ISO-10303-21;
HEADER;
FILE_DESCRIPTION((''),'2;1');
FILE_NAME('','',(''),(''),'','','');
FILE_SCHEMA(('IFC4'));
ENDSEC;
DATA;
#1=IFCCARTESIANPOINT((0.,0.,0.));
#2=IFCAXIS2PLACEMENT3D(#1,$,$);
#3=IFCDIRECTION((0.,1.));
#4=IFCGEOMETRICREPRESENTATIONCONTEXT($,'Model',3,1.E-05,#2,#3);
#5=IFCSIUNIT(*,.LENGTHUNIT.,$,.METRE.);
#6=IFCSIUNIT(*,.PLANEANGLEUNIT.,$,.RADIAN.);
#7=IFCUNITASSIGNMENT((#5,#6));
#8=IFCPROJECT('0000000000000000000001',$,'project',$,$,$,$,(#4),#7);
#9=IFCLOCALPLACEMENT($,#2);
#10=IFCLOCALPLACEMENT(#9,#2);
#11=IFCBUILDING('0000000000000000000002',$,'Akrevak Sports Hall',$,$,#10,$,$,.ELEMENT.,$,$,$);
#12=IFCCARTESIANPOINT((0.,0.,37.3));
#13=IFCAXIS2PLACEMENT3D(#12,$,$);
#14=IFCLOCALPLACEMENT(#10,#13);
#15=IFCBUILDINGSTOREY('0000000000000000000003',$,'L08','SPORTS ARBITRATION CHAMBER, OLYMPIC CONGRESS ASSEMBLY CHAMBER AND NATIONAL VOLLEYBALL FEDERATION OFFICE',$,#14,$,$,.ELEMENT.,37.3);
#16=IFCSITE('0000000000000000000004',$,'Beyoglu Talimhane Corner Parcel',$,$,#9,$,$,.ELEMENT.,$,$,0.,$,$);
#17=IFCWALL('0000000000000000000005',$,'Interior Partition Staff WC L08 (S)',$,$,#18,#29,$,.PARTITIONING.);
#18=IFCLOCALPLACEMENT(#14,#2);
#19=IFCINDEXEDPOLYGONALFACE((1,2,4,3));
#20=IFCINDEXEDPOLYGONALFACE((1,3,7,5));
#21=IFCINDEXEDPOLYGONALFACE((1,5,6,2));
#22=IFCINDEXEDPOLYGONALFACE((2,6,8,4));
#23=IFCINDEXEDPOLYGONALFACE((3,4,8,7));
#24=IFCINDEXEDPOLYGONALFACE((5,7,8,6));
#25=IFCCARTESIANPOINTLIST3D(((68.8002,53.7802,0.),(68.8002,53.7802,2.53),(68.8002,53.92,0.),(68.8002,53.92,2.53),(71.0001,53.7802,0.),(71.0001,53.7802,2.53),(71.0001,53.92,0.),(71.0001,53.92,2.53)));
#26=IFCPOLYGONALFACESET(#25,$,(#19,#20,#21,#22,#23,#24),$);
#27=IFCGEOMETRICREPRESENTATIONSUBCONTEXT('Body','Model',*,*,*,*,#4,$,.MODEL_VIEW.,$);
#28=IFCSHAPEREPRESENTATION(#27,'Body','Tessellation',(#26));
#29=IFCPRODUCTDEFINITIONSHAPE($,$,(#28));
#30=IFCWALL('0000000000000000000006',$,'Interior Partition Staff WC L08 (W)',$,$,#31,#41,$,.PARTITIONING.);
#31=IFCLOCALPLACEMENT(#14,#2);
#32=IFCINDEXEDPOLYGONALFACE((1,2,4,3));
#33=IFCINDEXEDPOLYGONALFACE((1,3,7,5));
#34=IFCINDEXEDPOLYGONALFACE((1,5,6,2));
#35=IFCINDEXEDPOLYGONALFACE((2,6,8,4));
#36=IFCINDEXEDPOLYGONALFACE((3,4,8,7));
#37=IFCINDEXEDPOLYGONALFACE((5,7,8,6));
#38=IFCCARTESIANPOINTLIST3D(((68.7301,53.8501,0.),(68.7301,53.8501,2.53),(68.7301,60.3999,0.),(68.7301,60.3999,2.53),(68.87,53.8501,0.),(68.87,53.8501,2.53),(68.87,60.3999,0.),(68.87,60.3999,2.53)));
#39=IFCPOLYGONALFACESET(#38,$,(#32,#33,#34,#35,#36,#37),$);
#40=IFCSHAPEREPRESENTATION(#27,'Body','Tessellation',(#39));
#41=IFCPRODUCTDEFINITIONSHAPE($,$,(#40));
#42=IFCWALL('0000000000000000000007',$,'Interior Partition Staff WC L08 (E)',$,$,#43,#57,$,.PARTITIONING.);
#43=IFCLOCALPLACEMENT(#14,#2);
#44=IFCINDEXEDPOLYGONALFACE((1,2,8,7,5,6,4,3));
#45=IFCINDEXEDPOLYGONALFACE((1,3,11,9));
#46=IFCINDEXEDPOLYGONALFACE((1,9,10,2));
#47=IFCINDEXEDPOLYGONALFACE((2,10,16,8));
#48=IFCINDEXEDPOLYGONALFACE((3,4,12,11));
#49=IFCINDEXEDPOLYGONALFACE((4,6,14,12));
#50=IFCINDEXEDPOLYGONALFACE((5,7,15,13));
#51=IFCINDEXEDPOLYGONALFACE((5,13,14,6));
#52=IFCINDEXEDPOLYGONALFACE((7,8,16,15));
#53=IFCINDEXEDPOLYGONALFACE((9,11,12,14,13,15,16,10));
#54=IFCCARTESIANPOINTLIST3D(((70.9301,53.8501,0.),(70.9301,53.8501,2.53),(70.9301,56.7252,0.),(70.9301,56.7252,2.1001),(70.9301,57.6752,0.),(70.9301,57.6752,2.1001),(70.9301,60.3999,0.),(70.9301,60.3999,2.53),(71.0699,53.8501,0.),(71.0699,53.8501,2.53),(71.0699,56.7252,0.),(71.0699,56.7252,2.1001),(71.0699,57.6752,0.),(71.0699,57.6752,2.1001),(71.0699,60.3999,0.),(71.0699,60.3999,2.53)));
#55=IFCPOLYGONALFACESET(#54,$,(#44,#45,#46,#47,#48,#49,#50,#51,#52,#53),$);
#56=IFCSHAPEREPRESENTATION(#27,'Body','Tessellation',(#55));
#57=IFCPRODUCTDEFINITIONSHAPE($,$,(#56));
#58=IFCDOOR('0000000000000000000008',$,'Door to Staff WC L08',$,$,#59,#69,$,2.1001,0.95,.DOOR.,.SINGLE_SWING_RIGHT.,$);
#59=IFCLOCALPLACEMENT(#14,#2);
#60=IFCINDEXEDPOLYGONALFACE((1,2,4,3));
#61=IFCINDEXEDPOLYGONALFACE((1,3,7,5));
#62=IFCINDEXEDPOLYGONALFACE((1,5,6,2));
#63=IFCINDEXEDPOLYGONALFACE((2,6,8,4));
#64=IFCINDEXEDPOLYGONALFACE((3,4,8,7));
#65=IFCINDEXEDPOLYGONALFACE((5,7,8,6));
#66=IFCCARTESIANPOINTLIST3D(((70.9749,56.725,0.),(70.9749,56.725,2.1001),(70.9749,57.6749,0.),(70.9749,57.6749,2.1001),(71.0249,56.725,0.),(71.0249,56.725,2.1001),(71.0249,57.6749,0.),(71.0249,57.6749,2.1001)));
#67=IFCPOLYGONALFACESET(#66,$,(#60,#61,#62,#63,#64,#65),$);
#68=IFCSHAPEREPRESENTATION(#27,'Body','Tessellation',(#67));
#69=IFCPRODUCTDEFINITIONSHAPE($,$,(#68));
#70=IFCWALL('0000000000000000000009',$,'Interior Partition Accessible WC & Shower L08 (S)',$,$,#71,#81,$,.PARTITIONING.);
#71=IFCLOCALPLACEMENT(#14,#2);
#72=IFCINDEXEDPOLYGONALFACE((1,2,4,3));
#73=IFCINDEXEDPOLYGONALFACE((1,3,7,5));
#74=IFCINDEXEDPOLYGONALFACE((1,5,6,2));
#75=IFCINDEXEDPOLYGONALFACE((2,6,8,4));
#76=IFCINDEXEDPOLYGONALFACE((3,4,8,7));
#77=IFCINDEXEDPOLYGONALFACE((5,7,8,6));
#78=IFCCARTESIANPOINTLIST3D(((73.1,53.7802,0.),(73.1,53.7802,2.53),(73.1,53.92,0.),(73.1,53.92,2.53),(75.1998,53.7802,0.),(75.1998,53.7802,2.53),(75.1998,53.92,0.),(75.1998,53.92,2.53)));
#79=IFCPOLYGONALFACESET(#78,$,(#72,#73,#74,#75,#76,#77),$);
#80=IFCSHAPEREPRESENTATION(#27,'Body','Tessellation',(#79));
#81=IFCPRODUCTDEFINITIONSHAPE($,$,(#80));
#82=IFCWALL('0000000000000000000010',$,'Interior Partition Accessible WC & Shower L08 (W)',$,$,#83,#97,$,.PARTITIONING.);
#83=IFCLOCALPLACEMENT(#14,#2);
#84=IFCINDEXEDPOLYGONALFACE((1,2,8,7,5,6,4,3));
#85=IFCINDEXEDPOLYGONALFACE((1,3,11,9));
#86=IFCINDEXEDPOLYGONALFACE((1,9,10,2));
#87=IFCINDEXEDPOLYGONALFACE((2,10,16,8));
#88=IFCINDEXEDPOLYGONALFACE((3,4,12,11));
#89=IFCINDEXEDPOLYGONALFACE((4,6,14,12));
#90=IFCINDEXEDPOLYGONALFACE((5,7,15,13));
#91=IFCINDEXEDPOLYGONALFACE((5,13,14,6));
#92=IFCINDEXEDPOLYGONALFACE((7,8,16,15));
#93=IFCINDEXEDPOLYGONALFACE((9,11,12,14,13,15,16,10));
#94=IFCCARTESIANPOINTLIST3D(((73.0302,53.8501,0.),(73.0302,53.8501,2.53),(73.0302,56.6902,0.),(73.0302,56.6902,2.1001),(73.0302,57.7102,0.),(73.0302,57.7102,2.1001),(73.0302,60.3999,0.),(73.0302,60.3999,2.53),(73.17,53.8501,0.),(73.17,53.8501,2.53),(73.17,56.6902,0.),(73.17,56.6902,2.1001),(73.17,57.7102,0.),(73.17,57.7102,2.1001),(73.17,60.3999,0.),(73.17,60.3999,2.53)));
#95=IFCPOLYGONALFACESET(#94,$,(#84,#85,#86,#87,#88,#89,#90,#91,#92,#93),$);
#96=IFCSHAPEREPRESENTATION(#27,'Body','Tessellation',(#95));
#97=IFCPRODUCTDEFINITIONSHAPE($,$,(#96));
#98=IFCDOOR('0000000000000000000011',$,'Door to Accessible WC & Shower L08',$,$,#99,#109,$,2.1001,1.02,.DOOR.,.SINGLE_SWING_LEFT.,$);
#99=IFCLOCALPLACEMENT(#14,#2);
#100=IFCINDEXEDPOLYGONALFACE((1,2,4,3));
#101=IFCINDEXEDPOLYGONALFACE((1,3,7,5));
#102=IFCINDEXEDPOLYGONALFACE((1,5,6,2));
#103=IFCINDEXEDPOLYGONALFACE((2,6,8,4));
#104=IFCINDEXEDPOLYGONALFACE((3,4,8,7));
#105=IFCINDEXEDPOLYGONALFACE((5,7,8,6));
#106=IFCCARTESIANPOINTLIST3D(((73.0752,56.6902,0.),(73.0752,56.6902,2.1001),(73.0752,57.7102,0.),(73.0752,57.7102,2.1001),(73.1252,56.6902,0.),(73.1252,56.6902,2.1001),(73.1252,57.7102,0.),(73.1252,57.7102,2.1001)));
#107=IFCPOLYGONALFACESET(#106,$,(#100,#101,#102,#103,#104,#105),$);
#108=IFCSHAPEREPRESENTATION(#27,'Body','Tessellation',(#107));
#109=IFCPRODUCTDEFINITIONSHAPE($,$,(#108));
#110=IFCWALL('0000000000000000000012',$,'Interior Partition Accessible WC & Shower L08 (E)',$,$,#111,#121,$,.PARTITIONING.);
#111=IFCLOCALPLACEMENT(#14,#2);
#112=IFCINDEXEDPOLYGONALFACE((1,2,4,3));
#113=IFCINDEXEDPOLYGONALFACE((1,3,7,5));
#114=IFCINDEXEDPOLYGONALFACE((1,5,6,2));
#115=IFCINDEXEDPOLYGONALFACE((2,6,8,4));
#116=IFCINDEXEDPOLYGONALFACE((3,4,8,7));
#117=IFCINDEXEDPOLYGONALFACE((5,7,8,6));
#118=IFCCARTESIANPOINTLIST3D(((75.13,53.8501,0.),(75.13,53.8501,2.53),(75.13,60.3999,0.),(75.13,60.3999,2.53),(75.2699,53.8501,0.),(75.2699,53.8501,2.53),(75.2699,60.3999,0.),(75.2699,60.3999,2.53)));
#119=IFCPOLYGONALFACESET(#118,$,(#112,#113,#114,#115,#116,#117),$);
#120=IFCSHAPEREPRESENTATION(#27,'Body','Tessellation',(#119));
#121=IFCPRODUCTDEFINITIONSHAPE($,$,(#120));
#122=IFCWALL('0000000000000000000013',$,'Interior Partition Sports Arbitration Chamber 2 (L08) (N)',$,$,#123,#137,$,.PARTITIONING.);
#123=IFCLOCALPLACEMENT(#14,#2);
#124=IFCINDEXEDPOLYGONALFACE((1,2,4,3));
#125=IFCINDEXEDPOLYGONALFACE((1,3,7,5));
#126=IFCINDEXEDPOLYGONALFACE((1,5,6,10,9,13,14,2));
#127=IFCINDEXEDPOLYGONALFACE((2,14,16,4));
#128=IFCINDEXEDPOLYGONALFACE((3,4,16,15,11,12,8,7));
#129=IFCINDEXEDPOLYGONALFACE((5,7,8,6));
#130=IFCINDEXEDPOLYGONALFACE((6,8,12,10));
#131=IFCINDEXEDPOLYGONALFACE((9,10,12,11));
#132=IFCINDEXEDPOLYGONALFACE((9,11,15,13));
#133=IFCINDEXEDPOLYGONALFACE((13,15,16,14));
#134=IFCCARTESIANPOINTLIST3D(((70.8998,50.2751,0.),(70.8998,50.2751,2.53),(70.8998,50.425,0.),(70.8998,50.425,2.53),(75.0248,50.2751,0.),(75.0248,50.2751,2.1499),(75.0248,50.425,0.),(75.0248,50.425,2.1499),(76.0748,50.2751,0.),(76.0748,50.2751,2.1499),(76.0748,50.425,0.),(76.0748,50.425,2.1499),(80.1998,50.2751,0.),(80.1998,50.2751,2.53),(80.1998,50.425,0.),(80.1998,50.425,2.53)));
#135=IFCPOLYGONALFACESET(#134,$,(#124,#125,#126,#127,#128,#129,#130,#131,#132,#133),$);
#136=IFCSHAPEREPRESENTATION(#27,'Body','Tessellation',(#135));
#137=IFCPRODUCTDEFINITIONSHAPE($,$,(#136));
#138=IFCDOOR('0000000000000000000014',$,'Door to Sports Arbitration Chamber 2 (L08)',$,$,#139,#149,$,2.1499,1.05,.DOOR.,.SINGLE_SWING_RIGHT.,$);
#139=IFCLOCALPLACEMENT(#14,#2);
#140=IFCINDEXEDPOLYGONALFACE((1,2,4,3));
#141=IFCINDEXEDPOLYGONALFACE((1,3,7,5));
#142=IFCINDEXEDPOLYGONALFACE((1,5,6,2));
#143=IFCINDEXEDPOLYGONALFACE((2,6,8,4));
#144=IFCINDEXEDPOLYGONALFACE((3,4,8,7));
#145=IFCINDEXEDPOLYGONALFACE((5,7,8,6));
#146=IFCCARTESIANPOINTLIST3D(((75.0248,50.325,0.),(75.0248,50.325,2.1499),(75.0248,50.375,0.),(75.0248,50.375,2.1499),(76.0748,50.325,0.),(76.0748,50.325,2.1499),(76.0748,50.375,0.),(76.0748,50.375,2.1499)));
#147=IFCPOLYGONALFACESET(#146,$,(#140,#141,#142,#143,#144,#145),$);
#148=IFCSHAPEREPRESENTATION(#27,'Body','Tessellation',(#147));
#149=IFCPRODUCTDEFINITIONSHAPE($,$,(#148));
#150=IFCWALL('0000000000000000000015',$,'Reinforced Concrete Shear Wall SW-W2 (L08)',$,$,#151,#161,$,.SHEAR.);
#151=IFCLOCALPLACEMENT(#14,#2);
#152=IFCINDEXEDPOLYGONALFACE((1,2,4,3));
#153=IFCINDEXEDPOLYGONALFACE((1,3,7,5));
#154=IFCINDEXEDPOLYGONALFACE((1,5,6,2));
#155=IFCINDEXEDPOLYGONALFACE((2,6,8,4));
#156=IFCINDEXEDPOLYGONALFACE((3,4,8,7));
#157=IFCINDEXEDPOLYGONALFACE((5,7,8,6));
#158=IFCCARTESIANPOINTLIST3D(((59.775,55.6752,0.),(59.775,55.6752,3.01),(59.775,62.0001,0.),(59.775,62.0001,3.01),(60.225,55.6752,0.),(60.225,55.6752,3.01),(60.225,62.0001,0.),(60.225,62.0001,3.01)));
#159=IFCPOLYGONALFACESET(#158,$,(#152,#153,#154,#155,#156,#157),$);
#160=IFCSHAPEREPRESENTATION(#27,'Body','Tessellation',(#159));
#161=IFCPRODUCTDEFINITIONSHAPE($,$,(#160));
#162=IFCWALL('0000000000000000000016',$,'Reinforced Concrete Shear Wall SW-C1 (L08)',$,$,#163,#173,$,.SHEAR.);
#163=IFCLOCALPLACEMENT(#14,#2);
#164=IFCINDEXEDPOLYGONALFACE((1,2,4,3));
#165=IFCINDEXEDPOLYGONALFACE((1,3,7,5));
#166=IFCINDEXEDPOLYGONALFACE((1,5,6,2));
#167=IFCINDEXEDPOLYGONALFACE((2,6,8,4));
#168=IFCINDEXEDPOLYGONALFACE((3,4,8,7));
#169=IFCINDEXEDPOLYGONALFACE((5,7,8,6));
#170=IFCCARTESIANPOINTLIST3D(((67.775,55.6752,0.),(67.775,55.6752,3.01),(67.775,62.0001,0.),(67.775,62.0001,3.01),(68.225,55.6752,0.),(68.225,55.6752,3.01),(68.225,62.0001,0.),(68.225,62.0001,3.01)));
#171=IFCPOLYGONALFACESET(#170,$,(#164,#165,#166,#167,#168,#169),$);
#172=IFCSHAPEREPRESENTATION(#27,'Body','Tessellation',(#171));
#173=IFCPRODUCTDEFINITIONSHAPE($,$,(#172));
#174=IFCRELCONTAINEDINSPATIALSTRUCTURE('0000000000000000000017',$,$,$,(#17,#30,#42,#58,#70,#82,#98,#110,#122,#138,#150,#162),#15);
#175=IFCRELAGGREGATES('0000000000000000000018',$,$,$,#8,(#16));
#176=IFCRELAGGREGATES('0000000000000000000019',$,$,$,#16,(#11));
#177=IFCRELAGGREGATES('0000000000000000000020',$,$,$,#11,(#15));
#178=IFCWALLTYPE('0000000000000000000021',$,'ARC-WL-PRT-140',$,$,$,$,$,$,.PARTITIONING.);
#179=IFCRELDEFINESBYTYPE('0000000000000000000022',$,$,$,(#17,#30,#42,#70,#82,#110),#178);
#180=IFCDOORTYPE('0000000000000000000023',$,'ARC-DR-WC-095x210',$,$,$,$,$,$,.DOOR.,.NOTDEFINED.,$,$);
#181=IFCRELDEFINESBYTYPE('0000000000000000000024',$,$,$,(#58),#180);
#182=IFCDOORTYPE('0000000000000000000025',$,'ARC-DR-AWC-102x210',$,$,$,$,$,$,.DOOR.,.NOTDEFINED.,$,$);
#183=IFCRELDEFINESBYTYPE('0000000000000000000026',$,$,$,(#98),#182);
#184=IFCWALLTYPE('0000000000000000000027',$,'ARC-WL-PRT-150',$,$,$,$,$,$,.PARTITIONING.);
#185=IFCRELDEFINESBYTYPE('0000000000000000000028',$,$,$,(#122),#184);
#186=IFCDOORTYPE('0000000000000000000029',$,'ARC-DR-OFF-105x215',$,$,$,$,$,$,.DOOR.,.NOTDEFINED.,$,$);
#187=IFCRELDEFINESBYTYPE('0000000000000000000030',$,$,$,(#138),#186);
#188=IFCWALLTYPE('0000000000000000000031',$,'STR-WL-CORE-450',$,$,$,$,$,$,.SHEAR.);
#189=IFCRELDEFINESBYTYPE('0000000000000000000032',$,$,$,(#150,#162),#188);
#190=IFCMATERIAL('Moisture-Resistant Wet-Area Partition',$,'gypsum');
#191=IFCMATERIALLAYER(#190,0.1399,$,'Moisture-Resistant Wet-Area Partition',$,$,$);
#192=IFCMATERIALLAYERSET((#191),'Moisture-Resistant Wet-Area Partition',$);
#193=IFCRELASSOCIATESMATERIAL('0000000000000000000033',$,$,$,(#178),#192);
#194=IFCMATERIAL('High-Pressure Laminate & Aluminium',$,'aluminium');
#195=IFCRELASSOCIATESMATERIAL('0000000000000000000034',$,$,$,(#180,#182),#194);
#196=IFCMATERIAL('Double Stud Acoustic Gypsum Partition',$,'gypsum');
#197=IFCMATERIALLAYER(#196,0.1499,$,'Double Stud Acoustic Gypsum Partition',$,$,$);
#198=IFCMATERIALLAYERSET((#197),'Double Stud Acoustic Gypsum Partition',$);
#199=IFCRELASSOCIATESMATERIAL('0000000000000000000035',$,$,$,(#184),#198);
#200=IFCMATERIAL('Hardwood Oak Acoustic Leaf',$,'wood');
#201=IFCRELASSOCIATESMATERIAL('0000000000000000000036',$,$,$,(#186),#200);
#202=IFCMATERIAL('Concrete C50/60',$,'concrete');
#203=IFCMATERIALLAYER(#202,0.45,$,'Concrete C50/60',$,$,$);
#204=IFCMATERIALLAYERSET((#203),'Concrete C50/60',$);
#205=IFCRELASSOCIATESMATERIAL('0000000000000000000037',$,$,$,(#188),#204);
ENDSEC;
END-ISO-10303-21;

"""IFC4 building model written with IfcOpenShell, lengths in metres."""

from ifc_helpers import new_model, si_unit, direction, frame, frame_2d, origin, place, context, subcontext, project, spatial, rectangle, extrude, material, layer, layer_set, type_object, element, fill, save


model = new_model("IFC4")

# Units and contexts
model_context = context("Model", 3, precision=1e-05, world=origin(), true_north=direction((0.0, 1.0)))
body_context = subcontext(model_context, "Body", "Model", "MODEL_VIEW")
ifc_project = project(units=[si_unit("LENGTHUNIT", "METRE"), si_unit("PLANEANGLEUNIT", "RADIAN")], contexts=[model_context])

# Site, building, storey
site_placement = place(None, origin())
site = spatial("IfcSite", under=ifc_project, at=site_placement, Name="Beyoglu Talimhane Corner Parcel", CompositionType="ELEMENT", RefElevation=0.0)
building_placement = place(site_placement, origin())
building = spatial("IfcBuilding", under=site, at=building_placement, Name="Akrevak Sports Hall", CompositionType="ELEMENT")
storey_placement = place(building_placement, frame((0.0, 0.0, 37.3)))
storey = spatial("IfcBuildingStorey", under=building, at=storey_placement, Name="L08", Description="SPORTS ARBITRATION CHAMBER, OLYMPIC CONGRESS ASSEMBLY CHAMBER AND NATIONAL VOLLEYBALL FEDERATION OFFICE", CompositionType="ELEMENT", Elevation=37.3)

# Shared definitions
ifc_material_1 = material(Name="Concrete C50/60", Category="concrete")

# Shared definitions
ifc_material_2 = material(Name="Hardwood Oak Acoustic Leaf", Category="wood")

# Walls
ifc_material_3 = material(Name="Moisture-Resistant Wet-Area Partition", Category="gypsum")
ifc_layer_1 = layer(ifc_material_3, 0.1399, Name="Moisture-Resistant Wet-Area Partition")
ifc_layer_set_1 = layer_set([ifc_layer_1], Name="Moisture-Resistant Wet-Area Partition")
wall_type_1 = type_object("IfcWallType", Name="ARC-WL-PRT-140", PredefinedType="PARTITIONING", material=ifc_layer_set_1)
wall_1_placement = place(storey_placement, frame((68.8, 53.8501, 0.0), z_axis=(0.0, 0.0, 1.0), x_axis=(1.0, 0.0, 0.0)))
element("IfcWall", 1, at=wall_1_placement, inside=storey, type_object=wall_type_1, Name="Interior Partition Staff WC L08 (S)", PredefinedType="PARTITIONING", context=body_context, shape_type="SweptSolid", body=[
    extrude(rectangle(XDim=2.2, YDim=0.1399, at=frame_2d((1.1001, 0.0))), origin(), (0.0, 0.0, 1.0), 2.53),
])
wall_2_placement = place(storey_placement, frame((68.8, 53.8501, 0.0), z_axis=(0.0, 0.0, 1.0), x_axis=(0.0, 1.0, 0.0)))
element("IfcWall", 2, at=wall_2_placement, inside=storey, type_object=wall_type_1, Name="Interior Partition Staff WC L08 (W)", PredefinedType="PARTITIONING", context=body_context, shape_type="SweptSolid", body=[
    extrude(rectangle(XDim=6.5498, YDim=0.1399, at=frame_2d((3.2749, 0.0))), origin(), (0.0, 0.0, 1.0), 2.53),
])

# Wall, opening, door
wall_3_placement = place(storey_placement, frame((71.0, 53.8501, 0.0), z_axis=(0.0, 0.0, 1.0), x_axis=(0.0, 1.0, 0.0)))
wall_3 = element("IfcWall", 3, at=wall_3_placement, inside=storey, type_object=wall_type_1, Name="Interior Partition Staff WC L08 (E)", PredefinedType="PARTITIONING", context=body_context, shape_type="SweptSolid", body=[
    extrude(rectangle(XDim=6.5498, YDim=0.1399, at=frame_2d((3.2749, 0.0))), origin(), (0.0, 0.0, 1.0), 2.53),
])
opening_1_placement = place(wall_3_placement, frame((2.875, 0.0, 0.0)))
opening_1 = element("IfcOpeningElement", 4, at=opening_1_placement, cuts=wall_3, PredefinedType="OPENING", context=body_context, shape_type="SweptSolid", body=[
    extrude(rectangle(XDim=0.95, YDim=2.1001, at=frame_2d((0.4751, 1.05))), frame((0.0, 0.082, 0.0), z_axis=(0.0, -1.0, 0.0), x_axis=(1.0, 0.0, 0.0)), (0.0, 0.0, 1.0), 0.1638),
])
ifc_material_4 = material(Name="High-Pressure Laminate & Aluminium", Category="aluminium")
door_type_1 = type_object("IfcDoorType", Name="ARC-DR-WC-095x210", OperationType="NOTDEFINED", PredefinedType="DOOR", material=ifc_material_4)
door_1_placement = place(opening_1_placement, frame((0.95, 0.0, 0.0), z_axis=(0.0, 0.0, 1.0), x_axis=(-1.0, 0.0, 0.0)))
door_1 = element("IfcDoor", 5, at=door_1_placement, inside=storey, type_object=door_type_1, Name="Door to Staff WC L08", OperationType="SINGLE_SWING_RIGHT", OverallHeight=2.1001, OverallWidth=0.95, PredefinedType="DOOR", context=body_context, shape_type="SweptSolid", body=[
    extrude(rectangle(XDim=0.95, YDim=2.1001, at=frame_2d((0.4751, 1.05))), frame((0.0, 0.0249, 0.0), z_axis=(0.0, -1.0, 0.0), x_axis=(1.0, 0.0, 0.0)), (0.0, 0.0, 1.0), 0.05),
])
fill(opening_1, door_1)

# Wall
wall_4_placement = place(storey_placement, frame((73.1001, 53.8501, 0.0), z_axis=(0.0, 0.0, 1.0), x_axis=(1.0, 0.0, 0.0)))
element("IfcWall", 6, at=wall_4_placement, inside=storey, type_object=wall_type_1, Name="Interior Partition Accessible WC & Shower L08 (S)", PredefinedType="PARTITIONING", context=body_context, shape_type="SweptSolid", body=[
    extrude(rectangle(XDim=2.0999, YDim=0.1399, at=frame_2d((1.0498, 0.0))), origin(), (0.0, 0.0, 1.0), 2.53),
])

# Wall, opening, door
wall_5_placement = place(storey_placement, frame((73.1001, 53.8501, 0.0), z_axis=(0.0, 0.0, 1.0), x_axis=(0.0, 1.0, 0.0)))
wall_5 = element("IfcWall", 7, at=wall_5_placement, inside=storey, type_object=wall_type_1, Name="Interior Partition Accessible WC & Shower L08 (W)", PredefinedType="PARTITIONING", context=body_context, shape_type="SweptSolid", body=[
    extrude(rectangle(XDim=6.5498, YDim=0.1399, at=frame_2d((3.2749, 0.0))), origin(), (0.0, 0.0, 1.0), 2.53),
])
opening_2_placement = place(wall_5_placement, frame((2.8401, 0.0, 0.0)))
opening_2 = element("IfcOpeningElement", 8, at=opening_2_placement, cuts=wall_5, PredefinedType="OPENING", context=body_context, shape_type="SweptSolid", body=[
    extrude(rectangle(XDim=1.02, YDim=2.1001, at=frame_2d((0.51, 1.05))), frame((0.0, 0.082, 0.0), z_axis=(0.0, -1.0, 0.0), x_axis=(1.0, 0.0, 0.0)), (0.0, 0.0, 1.0), 0.1638),
])
door_type_2 = type_object("IfcDoorType", Name="ARC-DR-AWC-102x210", OperationType="NOTDEFINED", PredefinedType="DOOR", material=ifc_material_4)
door_2_placement = place(opening_2_placement, origin())
door_2 = element("IfcDoor", 9, at=door_2_placement, inside=storey, type_object=door_type_2, Name="Door to Accessible WC & Shower L08", OperationType="SINGLE_SWING_LEFT", OverallHeight=2.1001, OverallWidth=1.02, PredefinedType="DOOR", context=body_context, shape_type="SweptSolid", body=[
    extrude(rectangle(XDim=1.02, YDim=2.1001, at=frame_2d((0.51, 1.05))), frame((0.0, 0.0249, 0.0), z_axis=(0.0, -1.0, 0.0), x_axis=(1.0, 0.0, 0.0)), (0.0, 0.0, 1.0), 0.05),
])
fill(opening_2, door_2)

# Wall
wall_6_placement = place(storey_placement, frame((75.2, 53.8501, 0.0), z_axis=(0.0, 0.0, 1.0), x_axis=(0.0, 1.0, 0.0)))
element("IfcWall", 10, at=wall_6_placement, inside=storey, type_object=wall_type_1, Name="Interior Partition Accessible WC & Shower L08 (E)", PredefinedType="PARTITIONING", context=body_context, shape_type="SweptSolid", body=[
    extrude(rectangle(XDim=6.5498, YDim=0.1399, at=frame_2d((3.2749, 0.0))), origin(), (0.0, 0.0, 1.0), 2.53),
])

# Wall, opening, door
ifc_material_5 = material(Name="Double Stud Acoustic Gypsum Partition", Category="gypsum")
ifc_layer_2 = layer(ifc_material_5, 0.1499, Name="Double Stud Acoustic Gypsum Partition")
ifc_layer_set_2 = layer_set([ifc_layer_2], Name="Double Stud Acoustic Gypsum Partition")
wall_type_2 = type_object("IfcWallType", Name="ARC-WL-PRT-150", PredefinedType="PARTITIONING", material=ifc_layer_set_2)
wall_7_placement = place(storey_placement, frame((70.8999, 50.3501, 0.0), z_axis=(0.0, 0.0, 1.0), x_axis=(1.0, 0.0, 0.0)))
wall_7 = element("IfcWall", 11, at=wall_7_placement, inside=storey, type_object=wall_type_2, Name="Interior Partition Sports Arbitration Chamber 2 (L08) (N)", PredefinedType="PARTITIONING", context=body_context, shape_type="SweptSolid", body=[
    extrude(rectangle(XDim=9.3, YDim=0.1499, at=frame_2d((4.6499, 0.0))), origin(), (0.0, 0.0, 1.0), 2.53),
])
opening_3_placement = place(wall_7_placement, frame((4.125, 0.0, 0.0)))
opening_3 = element("IfcOpeningElement", 12, at=opening_3_placement, cuts=wall_7, PredefinedType="OPENING", context=body_context, shape_type="SweptSolid", body=[
    extrude(rectangle(XDim=1.05, YDim=2.1499, at=frame_2d((0.5249, 1.075))), frame((0.0, 0.0869, 0.0), z_axis=(0.0, -1.0, 0.0), x_axis=(1.0, 0.0, 0.0)), (0.0, 0.0, 1.0), 0.1738),
])
door_type_3 = type_object("IfcDoorType", Name="ARC-DR-OFF-105x215", OperationType="NOTDEFINED", PredefinedType="DOOR", material=ifc_material_2)
door_3_placement = place(opening_3_placement, origin())
door_3 = element("IfcDoor", 13, at=door_3_placement, inside=storey, type_object=door_type_3, Name="Door to Sports Arbitration Chamber 2 (L08)", OperationType="SINGLE_SWING_RIGHT", OverallHeight=2.1499, OverallWidth=1.05, PredefinedType="DOOR", context=body_context, shape_type="SweptSolid", body=[
    extrude(rectangle(XDim=1.05, YDim=2.1499, at=frame_2d((0.5249, 1.075))), frame((0.0, 0.0249, 0.0), z_axis=(0.0, -1.0, 0.0), x_axis=(1.0, 0.0, 0.0)), (0.0, 0.0, 1.0), 0.05),
])
fill(opening_3, door_3)

# Walls
ifc_layer_3 = layer(ifc_material_1, 0.45, Name="Concrete C50/60")
ifc_layer_set_3 = layer_set([ifc_layer_3], Name="Concrete C50/60")
wall_type_3 = type_object("IfcWallType", Name="STR-WL-CORE-450", PredefinedType="SHEAR", material=ifc_layer_set_3)
for number, where, z_axis, x_axis, name in (
    (14, (60.0, 55.675, 0.0), (0.0, 0.0, 1.0), (0.0, 1.0, 0.0), "Reinforced Concrete Shear Wall SW-W2 (L08)"),
    (15, (68.0, 55.675, 0.0), (0.0, 0.0, 1.0), (0.0, 1.0, 0.0), "Reinforced Concrete Shear Wall SW-C1 (L08)"),
):
    element("IfcWall", number, at=place(storey_placement, frame(where, z_axis=z_axis, x_axis=x_axis)), inside=storey, type_object=wall_type_3, Name=name, PredefinedType="SHEAR", context=body_context, shape_type="SweptSolid", body=[
        extrude(rectangle(XDim=6.325, YDim=0.45, at=frame_2d((3.1626, 0.0))), origin(), (0.0, 0.0, 1.0), 3.01),
    ])

save(model, "model.ifc")
